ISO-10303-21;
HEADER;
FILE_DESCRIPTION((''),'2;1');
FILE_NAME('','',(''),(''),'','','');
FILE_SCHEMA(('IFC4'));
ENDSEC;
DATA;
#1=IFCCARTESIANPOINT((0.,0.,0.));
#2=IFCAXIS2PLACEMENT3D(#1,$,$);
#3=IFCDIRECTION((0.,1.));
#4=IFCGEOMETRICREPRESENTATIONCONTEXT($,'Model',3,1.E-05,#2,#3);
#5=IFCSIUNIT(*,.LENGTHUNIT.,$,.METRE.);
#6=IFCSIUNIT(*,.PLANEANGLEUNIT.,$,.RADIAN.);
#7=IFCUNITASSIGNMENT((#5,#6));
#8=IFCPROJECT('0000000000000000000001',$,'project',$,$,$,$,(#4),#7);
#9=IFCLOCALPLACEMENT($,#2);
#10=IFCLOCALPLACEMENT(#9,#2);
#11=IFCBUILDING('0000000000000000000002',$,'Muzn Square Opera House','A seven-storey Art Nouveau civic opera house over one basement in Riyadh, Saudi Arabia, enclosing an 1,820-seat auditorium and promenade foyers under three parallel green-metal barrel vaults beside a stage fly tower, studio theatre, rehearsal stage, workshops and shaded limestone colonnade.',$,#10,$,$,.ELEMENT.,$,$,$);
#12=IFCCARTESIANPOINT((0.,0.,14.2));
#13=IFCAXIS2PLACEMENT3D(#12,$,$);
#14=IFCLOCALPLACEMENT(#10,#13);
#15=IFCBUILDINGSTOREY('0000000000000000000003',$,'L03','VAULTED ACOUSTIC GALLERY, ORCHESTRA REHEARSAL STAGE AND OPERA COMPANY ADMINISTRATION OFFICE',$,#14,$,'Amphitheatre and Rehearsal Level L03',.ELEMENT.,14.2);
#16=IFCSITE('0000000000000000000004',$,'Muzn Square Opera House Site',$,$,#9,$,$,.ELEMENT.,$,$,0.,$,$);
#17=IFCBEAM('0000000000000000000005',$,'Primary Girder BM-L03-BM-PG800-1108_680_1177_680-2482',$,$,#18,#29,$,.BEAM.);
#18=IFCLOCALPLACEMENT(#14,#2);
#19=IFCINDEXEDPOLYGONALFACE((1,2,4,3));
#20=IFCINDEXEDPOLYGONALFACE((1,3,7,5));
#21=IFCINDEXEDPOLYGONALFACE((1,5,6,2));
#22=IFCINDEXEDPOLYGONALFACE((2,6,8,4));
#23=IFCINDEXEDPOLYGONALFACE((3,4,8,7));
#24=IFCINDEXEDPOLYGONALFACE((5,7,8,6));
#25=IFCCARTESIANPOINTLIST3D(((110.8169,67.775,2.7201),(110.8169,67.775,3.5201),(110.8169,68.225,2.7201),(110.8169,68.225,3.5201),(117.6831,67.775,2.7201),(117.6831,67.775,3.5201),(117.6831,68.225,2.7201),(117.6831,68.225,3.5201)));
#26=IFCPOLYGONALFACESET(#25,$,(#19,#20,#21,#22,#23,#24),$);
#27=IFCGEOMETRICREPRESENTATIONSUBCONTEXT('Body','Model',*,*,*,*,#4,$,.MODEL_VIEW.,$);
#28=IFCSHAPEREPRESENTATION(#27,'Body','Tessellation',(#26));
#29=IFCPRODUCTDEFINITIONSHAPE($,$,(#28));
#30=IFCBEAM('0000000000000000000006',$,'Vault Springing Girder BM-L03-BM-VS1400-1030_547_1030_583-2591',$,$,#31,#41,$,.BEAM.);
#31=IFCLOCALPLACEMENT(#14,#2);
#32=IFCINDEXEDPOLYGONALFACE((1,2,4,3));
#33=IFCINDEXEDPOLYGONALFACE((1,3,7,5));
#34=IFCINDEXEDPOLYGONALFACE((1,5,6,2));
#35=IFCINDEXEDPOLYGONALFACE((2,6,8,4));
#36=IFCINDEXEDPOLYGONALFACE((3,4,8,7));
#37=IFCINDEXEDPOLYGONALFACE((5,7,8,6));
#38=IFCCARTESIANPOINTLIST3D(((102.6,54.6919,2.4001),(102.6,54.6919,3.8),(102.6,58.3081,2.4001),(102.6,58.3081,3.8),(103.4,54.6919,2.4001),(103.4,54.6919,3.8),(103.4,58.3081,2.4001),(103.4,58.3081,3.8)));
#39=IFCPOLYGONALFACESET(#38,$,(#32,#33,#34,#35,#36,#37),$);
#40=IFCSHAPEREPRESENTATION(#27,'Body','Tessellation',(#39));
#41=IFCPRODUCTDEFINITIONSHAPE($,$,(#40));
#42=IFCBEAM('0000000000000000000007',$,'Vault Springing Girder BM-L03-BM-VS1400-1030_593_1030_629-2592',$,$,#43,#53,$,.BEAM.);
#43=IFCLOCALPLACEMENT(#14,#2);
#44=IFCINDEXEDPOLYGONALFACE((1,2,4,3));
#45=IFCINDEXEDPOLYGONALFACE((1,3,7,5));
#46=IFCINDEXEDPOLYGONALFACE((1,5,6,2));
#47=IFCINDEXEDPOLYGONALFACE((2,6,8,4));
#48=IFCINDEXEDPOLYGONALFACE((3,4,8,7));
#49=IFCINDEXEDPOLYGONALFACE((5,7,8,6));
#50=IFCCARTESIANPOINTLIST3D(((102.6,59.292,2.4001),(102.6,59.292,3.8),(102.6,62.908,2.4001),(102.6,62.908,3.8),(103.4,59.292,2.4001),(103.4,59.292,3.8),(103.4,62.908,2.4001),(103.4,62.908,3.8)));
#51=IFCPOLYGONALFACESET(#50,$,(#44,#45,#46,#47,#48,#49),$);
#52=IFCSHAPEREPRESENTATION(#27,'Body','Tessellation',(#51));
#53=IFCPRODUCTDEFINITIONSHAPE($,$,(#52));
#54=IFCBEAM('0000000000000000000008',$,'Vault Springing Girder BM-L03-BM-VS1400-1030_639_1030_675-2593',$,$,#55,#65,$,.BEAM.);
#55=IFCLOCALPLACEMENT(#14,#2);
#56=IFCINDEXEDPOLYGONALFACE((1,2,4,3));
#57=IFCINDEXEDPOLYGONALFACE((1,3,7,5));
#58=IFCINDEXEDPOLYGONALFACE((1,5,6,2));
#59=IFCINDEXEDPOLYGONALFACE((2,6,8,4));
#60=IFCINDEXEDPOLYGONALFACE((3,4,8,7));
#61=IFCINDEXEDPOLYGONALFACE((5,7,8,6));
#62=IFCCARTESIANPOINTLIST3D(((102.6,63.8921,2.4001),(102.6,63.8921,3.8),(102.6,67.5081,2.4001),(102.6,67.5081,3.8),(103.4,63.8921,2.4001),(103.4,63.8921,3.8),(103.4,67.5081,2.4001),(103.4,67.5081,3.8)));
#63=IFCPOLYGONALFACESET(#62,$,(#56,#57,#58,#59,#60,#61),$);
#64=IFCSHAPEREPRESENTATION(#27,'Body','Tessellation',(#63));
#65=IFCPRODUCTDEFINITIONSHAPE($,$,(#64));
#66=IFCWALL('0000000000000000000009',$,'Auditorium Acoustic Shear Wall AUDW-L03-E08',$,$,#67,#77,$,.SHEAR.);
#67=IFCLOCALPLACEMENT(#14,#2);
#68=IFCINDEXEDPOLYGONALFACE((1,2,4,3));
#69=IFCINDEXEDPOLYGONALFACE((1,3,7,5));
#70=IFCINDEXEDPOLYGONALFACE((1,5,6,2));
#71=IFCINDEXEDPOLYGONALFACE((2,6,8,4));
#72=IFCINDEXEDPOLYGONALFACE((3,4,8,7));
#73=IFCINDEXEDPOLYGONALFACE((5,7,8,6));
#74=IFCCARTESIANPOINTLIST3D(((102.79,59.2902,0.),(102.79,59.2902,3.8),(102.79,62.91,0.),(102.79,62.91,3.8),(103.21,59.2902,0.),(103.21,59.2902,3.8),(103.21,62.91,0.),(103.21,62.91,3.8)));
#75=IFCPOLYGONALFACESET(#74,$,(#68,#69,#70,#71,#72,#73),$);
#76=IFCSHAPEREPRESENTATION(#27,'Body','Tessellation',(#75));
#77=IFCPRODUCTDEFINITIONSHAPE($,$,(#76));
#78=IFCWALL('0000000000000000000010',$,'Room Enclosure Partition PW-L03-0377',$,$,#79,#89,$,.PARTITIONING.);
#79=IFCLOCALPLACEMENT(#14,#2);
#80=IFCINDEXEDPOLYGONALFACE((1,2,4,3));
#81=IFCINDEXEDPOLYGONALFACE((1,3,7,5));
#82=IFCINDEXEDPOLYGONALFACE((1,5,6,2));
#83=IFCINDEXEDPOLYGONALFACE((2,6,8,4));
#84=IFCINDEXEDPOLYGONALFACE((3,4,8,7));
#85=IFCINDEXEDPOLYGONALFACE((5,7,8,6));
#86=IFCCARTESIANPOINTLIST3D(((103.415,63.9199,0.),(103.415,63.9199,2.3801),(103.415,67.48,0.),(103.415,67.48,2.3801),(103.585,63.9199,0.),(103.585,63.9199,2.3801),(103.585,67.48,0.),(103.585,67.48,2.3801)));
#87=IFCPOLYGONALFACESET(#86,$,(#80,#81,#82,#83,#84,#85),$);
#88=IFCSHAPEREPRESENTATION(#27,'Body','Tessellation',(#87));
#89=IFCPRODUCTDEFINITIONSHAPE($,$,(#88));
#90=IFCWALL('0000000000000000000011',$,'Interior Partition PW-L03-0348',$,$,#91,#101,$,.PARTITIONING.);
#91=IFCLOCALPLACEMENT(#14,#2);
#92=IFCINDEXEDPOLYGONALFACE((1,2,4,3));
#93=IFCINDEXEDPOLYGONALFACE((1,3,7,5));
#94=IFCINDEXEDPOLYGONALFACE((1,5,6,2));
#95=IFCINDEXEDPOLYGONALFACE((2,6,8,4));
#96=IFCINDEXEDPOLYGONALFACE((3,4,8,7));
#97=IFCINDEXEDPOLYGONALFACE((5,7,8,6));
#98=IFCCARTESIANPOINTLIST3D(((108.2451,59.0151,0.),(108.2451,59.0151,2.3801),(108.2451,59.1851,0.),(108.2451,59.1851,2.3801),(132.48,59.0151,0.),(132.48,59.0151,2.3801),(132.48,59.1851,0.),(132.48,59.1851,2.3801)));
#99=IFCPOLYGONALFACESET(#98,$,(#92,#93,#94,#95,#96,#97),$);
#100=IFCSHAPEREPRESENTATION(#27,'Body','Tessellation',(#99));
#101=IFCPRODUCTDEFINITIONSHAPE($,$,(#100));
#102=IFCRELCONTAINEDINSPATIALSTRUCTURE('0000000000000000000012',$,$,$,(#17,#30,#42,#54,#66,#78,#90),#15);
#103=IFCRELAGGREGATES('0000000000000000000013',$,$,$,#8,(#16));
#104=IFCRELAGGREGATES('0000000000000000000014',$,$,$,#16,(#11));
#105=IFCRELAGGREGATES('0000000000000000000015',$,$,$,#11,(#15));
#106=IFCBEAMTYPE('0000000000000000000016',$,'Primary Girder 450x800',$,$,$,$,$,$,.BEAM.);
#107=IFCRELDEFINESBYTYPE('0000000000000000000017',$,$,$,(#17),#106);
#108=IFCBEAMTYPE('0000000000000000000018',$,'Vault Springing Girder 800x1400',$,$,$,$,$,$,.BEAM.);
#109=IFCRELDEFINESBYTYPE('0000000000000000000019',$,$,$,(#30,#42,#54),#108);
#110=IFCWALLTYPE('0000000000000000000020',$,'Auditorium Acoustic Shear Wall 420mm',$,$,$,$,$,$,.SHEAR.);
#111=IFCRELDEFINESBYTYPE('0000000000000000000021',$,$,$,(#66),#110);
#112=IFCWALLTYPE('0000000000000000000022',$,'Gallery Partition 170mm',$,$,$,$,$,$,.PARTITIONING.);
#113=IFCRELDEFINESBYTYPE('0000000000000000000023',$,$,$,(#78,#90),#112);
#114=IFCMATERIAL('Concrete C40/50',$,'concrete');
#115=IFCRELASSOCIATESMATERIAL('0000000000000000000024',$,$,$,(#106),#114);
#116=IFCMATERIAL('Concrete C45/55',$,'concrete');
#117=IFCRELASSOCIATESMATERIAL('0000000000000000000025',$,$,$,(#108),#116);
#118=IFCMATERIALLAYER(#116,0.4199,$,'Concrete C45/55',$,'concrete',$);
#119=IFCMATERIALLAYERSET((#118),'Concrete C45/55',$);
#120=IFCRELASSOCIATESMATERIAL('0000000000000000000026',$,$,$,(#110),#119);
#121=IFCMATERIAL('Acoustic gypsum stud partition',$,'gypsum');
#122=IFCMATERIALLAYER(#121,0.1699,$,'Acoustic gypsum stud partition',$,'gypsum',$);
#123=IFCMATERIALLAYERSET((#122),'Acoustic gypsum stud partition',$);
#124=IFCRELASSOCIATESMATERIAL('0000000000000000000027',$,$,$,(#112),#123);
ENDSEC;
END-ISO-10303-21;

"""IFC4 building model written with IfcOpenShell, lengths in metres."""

from ifc_helpers import new_model, si_unit, direction, frame, frame_2d, origin, origin_2d, place, context, subcontext, project, spatial, rectangle, extrude, material, layer, layer_set, material_profile, profile_set, type_object, element, save


model = new_model("IFC4")

# Units and contexts
model_context = context("Model", 3, precision=1e-05, world=origin(), true_north=direction((0.0, 1.0)))
body_context = subcontext(model_context, "Body", "Model", "MODEL_VIEW")
ifc_project = project(units=[si_unit("LENGTHUNIT", "METRE"), si_unit("PLANEANGLEUNIT", "RADIAN")], contexts=[model_context])

# Site, building, storey
site_placement = place(None, origin())
site = spatial("IfcSite", under=ifc_project, at=site_placement, Name="Muzn Square Opera House Site", CompositionType="ELEMENT", RefElevation=0.0)
building_placement = place(site_placement, origin())
building = spatial("IfcBuilding", under=site, at=building_placement, Name="Muzn Square Opera House", Description="A seven-storey Art Nouveau civic opera house over one basement in Riyadh, Saudi Arabia, enclosing an 1,820-seat auditorium and promenade foyers under three parallel green-metal barrel vaults beside a stage fly tower, studio theatre, rehearsal stage, workshops and shaded limestone colonnade.", CompositionType="ELEMENT")
storey_placement = place(building_placement, frame((0.0, 0.0, 14.2)))
storey = spatial("IfcBuildingStorey", under=building, at=storey_placement, Name="L03", Description="VAULTED ACOUSTIC GALLERY, ORCHESTRA REHEARSAL STAGE AND OPERA COMPANY ADMINISTRATION OFFICE", LongName="Amphitheatre and Rehearsal Level L03", CompositionType="ELEMENT", Elevation=14.2)

# Shared definitions
ifc_material_1 = material(Name="Concrete C45/55", Category="concrete")

# Beams
ifc_material_2 = material(Name="Concrete C40/50", Category="concrete")
ifc_material_profile_1 = material_profile(ifc_material_2, rectangle(XDim=0.45, YDim=0.8, at=origin_2d()), Name="RCB 450x800", Category="concrete")
ifc_profile_set_1 = profile_set([ifc_material_profile_1], Name="Concrete C40/50")
beam_type_1 = type_object("IfcBeamType", Name="Primary Girder 450x800", PredefinedType="BEAM", material=ifc_profile_set_1)
beam_1_placement = place(storey_placement, frame((110.8169, 68.0, 3.1201), z_axis=(1.0, 0.0, 0.0), x_axis=(0.0, 1.0, 0.0)))
element("IfcBeam", 1, at=beam_1_placement, inside=storey, type_object=beam_type_1, Name="Primary Girder BM-L03-BM-PG800-1108_680_1177_680-2482", PredefinedType="BEAM", context=body_context, shape_type="SweptSolid", body=[
    extrude(rectangle(XDim=0.45, YDim=0.8, at=origin_2d()), origin(), (0.0, 0.0, 1.0), 6.8662),
])
ifc_material_profile_2 = material_profile(ifc_material_1, rectangle(XDim=0.8, YDim=1.3999, at=origin_2d()), Name="RCB 800x1400", Category="concrete")
ifc_profile_set_2 = profile_set([ifc_material_profile_2], Name="Concrete C45/55")
beam_type_2 = type_object("IfcBeamType", Name="Vault Springing Girder 800x1400", PredefinedType="BEAM", material=ifc_profile_set_2)
beam_2_placement = place(storey_placement, frame((103.0, 54.6919, 3.1001), z_axis=(0.0, 1.0, 0.0), x_axis=(-1.0, 0.0, 0.0)))
element("IfcBeam", 2, at=beam_2_placement, inside=storey, type_object=beam_type_2, Name="Vault Springing Girder BM-L03-BM-VS1400-1030_547_1030_583-2591", PredefinedType="BEAM", context=body_context, shape_type="SweptSolid", body=[
    extrude(rectangle(XDim=0.8, YDim=1.3999, at=origin_2d()), origin(), (0.0, 0.0, 1.0), 3.6162),
])
for number, where, z_axis, x_axis, name in (
    (3, (103.0, 59.292, 3.1001), (0.0, 1.0, 0.0), (-1.0, 0.0, 0.0), "Vault Springing Girder BM-L03-BM-VS1400-1030_593_1030_629-2592"),
    (4, (103.0, 63.8921, 3.1001), (0.0, 1.0, 0.0), (-1.0, 0.0, 0.0), "Vault Springing Girder BM-L03-BM-VS1400-1030_639_1030_675-2593"),
):
    element("IfcBeam", number, at=place(storey_placement, frame(where, z_axis=z_axis, x_axis=x_axis)), inside=storey, type_object=beam_type_2, Name=name, PredefinedType="BEAM", context=body_context, shape_type="SweptSolid", body=[
        extrude(rectangle(XDim=0.8, YDim=1.3999, at=origin_2d()), origin(), (0.0, 0.0, 1.0), 3.616),
    ])

# Wall
ifc_layer_1 = layer(ifc_material_1, 0.4199, Name="Concrete C45/55", Category="concrete")
ifc_layer_set_1 = layer_set([ifc_layer_1], Name="Concrete C45/55")
wall_type_1 = type_object("IfcWallType", Name="Auditorium Acoustic Shear Wall 420mm", PredefinedType="SHEAR", material=ifc_layer_set_1)
wall_1_placement = place(storey_placement, frame((103.0, 59.29, 0.0), z_axis=(0.0, 0.0, 1.0), x_axis=(0.0, 1.0, 0.0)))
element("IfcWall", 5, at=wall_1_placement, inside=storey, type_object=wall_type_1, Name="Auditorium Acoustic Shear Wall AUDW-L03-E08", PredefinedType="SHEAR", context=body_context, shape_type="SweptSolid", body=[
    extrude(rectangle(XDim=3.6199, YDim=0.4199, at=frame_2d((1.8101, 0.0))), origin(), (0.0, 0.0, 1.0), 3.8),
])

# Shared definitions
ifc_material_3 = material(Name="Acoustic gypsum stud partition", Category="gypsum")
ifc_layer_2 = layer(ifc_material_3, 0.1699, Name="Acoustic gypsum stud partition", Category="gypsum")
ifc_layer_set_2 = layer_set([ifc_layer_2], Name="Acoustic gypsum stud partition")
wall_type_2 = type_object("IfcWallType", Name="Gallery Partition 170mm", PredefinedType="PARTITIONING", material=ifc_layer_set_2)

# Walls
wall_2_placement = place(storey_placement, frame((103.5, 63.9199, 0.0), z_axis=(0.0, 0.0, 1.0), x_axis=(0.0, 1.0, 0.0)))
element("IfcWall", 6, at=wall_2_placement, inside=storey, type_object=wall_type_2, Name="Room Enclosure Partition PW-L03-0377", PredefinedType="PARTITIONING", context=body_context, shape_type="SweptSolid", body=[
    extrude(rectangle(XDim=3.5601, YDim=0.1699, at=frame_2d((1.78, 0.0))), origin(), (0.0, 0.0, 1.0), 2.3801),
])
wall_3_placement = place(storey_placement, frame((108.2451, 59.1001, 0.0), z_axis=(0.0, 0.0, 1.0), x_axis=(1.0, 0.0, 0.0)))
element("IfcWall", 7, at=wall_3_placement, inside=storey, type_object=wall_type_2, Name="Interior Partition PW-L03-0348", PredefinedType="PARTITIONING", context=body_context, shape_type="SweptSolid", body=[
    extrude(rectangle(XDim=24.2349, YDim=0.1699, at=frame_2d((12.1174, 0.0))), origin(), (0.0, 0.0, 1.0), 2.3801),
])

save(model, "model.ifc")
